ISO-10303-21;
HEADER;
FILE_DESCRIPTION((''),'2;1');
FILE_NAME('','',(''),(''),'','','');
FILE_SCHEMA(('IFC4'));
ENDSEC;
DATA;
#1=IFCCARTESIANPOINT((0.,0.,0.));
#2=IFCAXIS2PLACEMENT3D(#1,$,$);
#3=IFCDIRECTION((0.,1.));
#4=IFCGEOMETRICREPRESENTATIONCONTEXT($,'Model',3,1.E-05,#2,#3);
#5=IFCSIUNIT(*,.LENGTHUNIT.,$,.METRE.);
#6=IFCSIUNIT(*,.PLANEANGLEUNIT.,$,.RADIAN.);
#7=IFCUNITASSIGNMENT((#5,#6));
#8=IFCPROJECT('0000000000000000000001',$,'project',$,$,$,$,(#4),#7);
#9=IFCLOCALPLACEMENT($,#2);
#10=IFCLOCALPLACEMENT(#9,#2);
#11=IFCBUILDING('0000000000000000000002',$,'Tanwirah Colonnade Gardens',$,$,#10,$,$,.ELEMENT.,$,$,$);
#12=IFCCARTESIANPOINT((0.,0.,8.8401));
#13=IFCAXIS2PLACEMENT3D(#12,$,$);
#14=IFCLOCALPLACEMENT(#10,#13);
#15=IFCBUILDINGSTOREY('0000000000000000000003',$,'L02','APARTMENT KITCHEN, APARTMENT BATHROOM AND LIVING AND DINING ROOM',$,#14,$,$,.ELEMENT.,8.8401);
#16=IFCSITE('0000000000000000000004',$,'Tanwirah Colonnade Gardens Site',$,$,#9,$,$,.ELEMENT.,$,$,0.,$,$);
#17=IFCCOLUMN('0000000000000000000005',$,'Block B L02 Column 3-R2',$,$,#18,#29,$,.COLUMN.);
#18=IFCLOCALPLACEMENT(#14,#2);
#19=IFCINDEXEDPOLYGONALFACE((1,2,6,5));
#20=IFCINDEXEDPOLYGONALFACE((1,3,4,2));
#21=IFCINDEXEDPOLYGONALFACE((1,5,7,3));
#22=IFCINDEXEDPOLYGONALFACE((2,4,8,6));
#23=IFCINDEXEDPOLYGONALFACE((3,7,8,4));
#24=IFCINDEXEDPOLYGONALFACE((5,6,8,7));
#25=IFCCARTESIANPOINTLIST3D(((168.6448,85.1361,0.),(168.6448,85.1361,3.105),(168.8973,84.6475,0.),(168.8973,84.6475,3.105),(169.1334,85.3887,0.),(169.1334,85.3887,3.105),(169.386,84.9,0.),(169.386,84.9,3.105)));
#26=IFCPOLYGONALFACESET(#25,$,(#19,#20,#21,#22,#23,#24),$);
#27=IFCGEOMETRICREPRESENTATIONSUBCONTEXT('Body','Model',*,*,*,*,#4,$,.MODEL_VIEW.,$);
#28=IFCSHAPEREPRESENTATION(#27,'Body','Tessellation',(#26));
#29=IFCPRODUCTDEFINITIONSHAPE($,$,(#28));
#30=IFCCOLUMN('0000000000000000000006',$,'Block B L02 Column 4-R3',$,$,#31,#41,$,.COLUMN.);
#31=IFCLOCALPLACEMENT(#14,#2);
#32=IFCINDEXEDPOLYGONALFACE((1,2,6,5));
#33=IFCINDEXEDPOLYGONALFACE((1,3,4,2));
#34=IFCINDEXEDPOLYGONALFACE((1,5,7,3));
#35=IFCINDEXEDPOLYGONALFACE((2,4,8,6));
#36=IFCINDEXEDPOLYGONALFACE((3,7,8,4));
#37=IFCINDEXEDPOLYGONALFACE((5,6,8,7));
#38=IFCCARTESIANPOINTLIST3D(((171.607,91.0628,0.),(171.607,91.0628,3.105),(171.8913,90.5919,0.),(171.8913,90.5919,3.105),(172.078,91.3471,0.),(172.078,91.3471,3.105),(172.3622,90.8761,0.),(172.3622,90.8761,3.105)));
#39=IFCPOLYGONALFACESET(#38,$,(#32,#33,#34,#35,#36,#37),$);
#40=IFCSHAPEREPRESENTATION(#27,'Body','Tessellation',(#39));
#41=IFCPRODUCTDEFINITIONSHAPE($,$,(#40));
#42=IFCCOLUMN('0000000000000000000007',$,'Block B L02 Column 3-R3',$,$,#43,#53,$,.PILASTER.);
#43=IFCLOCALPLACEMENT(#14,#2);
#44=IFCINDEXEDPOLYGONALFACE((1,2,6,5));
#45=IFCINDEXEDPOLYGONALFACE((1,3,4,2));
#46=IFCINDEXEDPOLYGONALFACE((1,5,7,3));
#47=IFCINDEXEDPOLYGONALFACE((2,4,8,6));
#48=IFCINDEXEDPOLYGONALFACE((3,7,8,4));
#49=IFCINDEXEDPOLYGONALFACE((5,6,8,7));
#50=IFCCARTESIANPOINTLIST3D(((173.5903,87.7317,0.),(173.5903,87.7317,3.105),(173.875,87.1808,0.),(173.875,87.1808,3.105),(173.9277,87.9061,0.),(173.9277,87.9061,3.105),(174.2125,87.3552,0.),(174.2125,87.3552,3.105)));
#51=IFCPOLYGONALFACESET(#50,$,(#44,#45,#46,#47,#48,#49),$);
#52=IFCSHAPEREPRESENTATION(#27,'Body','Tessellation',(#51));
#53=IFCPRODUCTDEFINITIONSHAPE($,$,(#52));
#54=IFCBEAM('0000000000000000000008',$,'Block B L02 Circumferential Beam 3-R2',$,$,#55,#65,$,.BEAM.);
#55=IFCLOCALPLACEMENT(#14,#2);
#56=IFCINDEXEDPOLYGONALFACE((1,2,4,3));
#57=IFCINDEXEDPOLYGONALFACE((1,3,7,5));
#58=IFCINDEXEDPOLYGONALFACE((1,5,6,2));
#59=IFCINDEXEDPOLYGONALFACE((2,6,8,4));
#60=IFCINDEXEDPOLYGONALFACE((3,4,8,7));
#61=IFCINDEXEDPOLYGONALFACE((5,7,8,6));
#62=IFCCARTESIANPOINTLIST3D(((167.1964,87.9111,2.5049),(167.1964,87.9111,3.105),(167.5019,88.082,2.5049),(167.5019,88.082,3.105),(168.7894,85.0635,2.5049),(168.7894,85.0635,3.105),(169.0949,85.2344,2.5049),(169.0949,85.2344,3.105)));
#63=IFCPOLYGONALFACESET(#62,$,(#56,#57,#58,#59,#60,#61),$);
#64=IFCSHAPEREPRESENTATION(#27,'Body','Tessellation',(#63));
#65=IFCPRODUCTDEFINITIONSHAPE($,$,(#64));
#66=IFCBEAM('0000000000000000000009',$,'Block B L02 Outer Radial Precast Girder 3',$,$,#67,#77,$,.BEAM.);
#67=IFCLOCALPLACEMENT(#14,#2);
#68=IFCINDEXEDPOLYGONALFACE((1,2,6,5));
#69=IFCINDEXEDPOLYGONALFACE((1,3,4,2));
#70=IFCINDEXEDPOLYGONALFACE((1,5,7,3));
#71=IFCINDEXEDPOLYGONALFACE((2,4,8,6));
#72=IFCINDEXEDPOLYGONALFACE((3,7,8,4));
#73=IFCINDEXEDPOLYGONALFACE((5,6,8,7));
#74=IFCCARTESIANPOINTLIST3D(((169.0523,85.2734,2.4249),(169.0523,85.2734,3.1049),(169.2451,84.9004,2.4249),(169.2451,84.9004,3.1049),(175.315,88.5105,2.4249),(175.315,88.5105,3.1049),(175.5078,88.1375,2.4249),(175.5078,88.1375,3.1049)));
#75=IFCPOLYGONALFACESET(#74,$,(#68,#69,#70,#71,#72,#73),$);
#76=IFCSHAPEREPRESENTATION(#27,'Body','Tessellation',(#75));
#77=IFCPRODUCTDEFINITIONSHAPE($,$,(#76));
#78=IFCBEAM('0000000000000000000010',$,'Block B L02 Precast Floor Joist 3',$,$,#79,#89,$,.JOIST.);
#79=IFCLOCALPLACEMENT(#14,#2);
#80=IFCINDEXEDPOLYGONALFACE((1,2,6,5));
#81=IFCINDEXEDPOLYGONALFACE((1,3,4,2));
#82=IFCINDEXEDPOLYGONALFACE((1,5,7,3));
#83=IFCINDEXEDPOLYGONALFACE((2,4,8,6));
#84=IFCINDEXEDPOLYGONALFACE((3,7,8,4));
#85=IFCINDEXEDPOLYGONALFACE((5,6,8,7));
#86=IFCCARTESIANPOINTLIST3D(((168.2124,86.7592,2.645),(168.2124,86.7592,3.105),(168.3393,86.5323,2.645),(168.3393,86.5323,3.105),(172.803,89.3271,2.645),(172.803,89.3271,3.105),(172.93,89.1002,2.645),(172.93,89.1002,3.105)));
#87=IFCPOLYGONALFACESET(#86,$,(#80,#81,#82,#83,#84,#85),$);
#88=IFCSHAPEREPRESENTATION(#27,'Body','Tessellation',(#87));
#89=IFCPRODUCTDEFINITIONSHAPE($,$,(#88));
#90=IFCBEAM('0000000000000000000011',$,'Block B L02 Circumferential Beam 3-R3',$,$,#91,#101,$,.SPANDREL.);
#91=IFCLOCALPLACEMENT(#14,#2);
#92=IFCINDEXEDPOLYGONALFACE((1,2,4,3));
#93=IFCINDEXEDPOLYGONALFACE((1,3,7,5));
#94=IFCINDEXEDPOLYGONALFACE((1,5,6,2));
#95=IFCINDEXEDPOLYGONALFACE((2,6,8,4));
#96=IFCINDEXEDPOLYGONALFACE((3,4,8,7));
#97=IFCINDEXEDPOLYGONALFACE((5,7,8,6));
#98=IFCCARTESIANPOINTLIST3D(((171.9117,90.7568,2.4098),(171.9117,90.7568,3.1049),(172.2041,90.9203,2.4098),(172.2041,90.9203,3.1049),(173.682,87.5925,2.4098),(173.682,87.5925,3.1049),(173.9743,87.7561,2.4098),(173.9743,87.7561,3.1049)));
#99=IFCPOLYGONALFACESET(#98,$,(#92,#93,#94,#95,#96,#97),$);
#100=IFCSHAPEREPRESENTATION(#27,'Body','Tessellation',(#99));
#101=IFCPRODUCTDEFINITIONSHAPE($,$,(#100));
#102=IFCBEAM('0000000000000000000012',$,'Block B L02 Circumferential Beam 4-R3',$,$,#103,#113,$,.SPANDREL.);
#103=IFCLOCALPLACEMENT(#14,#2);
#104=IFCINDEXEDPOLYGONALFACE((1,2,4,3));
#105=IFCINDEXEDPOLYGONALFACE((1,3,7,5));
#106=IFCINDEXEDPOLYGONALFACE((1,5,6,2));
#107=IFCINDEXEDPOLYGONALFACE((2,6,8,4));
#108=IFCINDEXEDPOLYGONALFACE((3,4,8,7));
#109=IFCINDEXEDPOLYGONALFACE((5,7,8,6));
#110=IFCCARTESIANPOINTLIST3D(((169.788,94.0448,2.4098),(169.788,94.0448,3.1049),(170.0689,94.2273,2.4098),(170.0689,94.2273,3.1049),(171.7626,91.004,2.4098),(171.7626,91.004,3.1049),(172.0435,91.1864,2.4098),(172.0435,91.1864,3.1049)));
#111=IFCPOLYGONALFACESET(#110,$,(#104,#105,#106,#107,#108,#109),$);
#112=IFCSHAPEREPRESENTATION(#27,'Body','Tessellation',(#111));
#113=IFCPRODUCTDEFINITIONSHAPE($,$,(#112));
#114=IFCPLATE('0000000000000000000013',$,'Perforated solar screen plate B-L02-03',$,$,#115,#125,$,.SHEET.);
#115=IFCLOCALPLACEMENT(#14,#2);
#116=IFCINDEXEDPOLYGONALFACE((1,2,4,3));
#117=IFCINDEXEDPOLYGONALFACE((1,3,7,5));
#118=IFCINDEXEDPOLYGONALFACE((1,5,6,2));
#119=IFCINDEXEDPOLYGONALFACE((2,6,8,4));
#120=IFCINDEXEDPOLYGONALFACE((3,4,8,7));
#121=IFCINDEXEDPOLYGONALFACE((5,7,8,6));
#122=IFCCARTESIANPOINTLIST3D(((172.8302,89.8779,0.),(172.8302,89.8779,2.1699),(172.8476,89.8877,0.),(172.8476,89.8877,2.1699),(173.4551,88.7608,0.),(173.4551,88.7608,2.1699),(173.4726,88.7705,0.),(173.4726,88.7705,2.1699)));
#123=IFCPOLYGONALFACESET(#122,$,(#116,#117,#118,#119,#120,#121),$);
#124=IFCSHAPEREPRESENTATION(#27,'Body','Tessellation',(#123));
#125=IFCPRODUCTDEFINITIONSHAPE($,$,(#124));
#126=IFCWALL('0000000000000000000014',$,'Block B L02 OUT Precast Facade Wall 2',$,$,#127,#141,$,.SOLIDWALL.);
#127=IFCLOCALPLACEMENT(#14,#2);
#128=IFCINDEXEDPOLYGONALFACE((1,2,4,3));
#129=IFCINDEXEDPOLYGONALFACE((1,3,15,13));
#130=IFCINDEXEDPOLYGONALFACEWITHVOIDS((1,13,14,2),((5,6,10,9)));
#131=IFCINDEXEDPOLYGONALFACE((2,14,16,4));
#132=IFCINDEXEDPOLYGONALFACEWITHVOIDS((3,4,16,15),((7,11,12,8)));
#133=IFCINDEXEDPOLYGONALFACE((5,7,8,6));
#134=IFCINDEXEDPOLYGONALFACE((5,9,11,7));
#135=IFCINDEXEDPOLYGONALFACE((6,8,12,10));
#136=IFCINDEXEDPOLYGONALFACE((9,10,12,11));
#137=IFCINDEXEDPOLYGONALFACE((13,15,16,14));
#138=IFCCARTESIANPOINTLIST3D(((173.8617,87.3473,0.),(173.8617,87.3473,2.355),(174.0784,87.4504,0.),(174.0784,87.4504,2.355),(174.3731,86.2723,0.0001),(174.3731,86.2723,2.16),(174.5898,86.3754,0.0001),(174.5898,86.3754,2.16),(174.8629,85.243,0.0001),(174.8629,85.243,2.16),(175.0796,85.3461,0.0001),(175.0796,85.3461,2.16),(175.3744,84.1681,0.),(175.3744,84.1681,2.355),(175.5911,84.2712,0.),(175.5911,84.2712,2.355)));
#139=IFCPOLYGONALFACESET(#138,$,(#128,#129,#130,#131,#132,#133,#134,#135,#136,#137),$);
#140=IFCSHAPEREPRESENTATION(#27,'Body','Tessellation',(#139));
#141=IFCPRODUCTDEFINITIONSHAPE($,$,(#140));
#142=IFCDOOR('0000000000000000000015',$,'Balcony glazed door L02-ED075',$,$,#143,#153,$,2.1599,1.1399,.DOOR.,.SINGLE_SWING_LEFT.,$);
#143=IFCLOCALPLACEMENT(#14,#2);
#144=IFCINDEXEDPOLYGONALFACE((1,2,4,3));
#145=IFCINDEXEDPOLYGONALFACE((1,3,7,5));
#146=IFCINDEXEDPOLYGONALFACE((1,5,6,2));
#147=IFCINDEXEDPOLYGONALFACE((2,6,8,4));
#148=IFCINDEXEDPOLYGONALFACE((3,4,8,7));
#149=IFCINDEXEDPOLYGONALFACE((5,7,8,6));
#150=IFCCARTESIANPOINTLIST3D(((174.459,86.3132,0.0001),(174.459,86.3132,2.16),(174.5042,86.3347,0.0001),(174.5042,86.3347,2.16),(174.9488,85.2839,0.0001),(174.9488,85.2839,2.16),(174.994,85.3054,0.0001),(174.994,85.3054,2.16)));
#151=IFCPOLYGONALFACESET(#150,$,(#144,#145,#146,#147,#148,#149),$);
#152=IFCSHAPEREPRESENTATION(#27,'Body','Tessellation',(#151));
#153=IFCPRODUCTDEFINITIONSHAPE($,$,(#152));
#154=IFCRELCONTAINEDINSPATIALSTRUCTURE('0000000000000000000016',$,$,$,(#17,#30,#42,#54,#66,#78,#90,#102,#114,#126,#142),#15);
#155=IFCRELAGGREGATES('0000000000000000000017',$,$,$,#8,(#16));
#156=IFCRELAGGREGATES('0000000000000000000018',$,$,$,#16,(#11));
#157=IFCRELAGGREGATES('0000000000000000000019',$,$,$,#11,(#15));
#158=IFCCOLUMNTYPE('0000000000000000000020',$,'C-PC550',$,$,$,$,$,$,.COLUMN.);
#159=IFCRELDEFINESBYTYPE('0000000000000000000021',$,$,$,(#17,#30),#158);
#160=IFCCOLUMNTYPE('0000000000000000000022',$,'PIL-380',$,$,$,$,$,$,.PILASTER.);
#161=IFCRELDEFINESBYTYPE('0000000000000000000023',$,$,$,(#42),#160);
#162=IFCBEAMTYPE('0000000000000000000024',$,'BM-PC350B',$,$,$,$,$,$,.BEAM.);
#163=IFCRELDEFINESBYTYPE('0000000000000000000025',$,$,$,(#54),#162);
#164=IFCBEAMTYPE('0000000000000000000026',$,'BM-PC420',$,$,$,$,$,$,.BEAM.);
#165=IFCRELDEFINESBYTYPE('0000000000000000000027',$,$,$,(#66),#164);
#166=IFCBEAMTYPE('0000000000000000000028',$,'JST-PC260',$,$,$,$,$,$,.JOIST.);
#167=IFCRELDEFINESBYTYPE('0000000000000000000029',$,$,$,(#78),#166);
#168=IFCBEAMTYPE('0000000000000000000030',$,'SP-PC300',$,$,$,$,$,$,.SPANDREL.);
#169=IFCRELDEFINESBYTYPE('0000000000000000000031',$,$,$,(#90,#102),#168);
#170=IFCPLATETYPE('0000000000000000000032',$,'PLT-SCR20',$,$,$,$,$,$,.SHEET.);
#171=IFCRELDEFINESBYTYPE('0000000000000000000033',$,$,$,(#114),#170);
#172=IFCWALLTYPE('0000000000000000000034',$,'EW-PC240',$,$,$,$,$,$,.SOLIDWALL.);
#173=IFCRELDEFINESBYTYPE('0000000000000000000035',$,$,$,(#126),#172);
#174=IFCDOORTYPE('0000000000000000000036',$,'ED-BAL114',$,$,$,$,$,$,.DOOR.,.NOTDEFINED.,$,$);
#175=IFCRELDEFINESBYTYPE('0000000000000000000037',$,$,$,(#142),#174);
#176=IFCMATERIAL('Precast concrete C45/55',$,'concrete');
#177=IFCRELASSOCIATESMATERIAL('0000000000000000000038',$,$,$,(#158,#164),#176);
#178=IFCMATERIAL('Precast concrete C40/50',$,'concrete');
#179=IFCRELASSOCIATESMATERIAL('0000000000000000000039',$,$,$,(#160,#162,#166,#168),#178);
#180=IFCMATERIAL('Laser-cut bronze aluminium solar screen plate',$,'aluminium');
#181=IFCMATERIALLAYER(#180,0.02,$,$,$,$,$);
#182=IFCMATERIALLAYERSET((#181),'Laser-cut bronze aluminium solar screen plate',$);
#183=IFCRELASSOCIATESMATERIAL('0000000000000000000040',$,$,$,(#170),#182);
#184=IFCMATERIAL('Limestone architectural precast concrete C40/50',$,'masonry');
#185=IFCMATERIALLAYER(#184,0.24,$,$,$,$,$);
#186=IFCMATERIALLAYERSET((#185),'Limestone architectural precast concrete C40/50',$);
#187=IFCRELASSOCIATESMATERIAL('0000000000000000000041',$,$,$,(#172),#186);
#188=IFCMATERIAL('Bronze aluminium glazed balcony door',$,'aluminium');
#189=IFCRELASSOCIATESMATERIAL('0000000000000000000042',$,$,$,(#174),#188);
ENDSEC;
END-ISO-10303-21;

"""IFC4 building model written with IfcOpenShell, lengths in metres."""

from ifc_helpers import new_model, si_unit, direction, frame, frame_2d, origin, origin_2d, place, context, subcontext, project, spatial, rectangle, extrude, material, layer, layer_set, material_profile, profile_set, type_object, element, fill, save


model = new_model("IFC4")

# Units and contexts
model_context = context("Model", 3, precision=1e-05, world=origin(), true_north=direction((0.0, 1.0)))
body_context = subcontext(model_context, "Body", "Model", "MODEL_VIEW")
ifc_project = project(units=[si_unit("LENGTHUNIT", "METRE"), si_unit("PLANEANGLEUNIT", "RADIAN")], contexts=[model_context])

# Site, building, storey
site_placement = place(None, origin())
site = spatial("IfcSite", under=ifc_project, at=site_placement, Name="Tanwirah Colonnade Gardens Site", CompositionType="ELEMENT", RefElevation=0.0)
building_placement = place(site_placement, origin())
building = spatial("IfcBuilding", under=site, at=building_placement, Name="Tanwirah Colonnade Gardens", CompositionType="ELEMENT")
storey_placement = place(building_placement, frame((0.0, 0.0, 8.8401)))
storey = spatial("IfcBuildingStorey", under=building, at=storey_placement, Name="L02", Description="APARTMENT KITCHEN, APARTMENT BATHROOM AND LIVING AND DINING ROOM", CompositionType="ELEMENT", Elevation=8.8401)

# Columns
ifc_material_1 = material(Name="Precast concrete C45/55", Category="concrete")
ifc_material_profile_1 = material_profile(ifc_material_1, rectangle(XDim=0.55, YDim=0.55, at=origin_2d()), Name="PC-COL 550x550")
ifc_profile_set_1 = profile_set([ifc_material_profile_1], Name="Precast concrete C45/55")
column_type_1 = type_object("IfcColumnType", Name="C-PC550", PredefinedType="COLUMN", material=ifc_profile_set_1)
for number, where, z_axis, x_axis, name in (
    (1, (169.0154, 85.0181, 0.0), (0.0, 0.0, 1.0), (0.88835, 0.459166, 0.0), "Block B L02 Column 3-R2"),
    (2, (171.9846, 90.9695, 0.0), (0.0, 0.0, 1.0), (0.856167, 0.516699, 0.0), "Block B L02 Column 4-R3"),
):
    element("IfcColumn", number, at=place(storey_placement, frame(where, z_axis=z_axis, x_axis=x_axis)), inside=storey, type_object=column_type_1, Name=name, PredefinedType="COLUMN", context=body_context, shape_type="SweptSolid", body=[
        extrude(rectangle(XDim=0.55, YDim=0.55, at=origin_2d()), origin(), (0.0, 0.0, 1.0), 3.105),
    ])
ifc_material_2 = material(Name="Precast concrete C40/50", Category="concrete")
ifc_material_profile_2 = material_profile(ifc_material_2, rectangle(XDim=0.3799, YDim=0.6201, at=origin_2d()), Name="PC-PIL 380x620")
ifc_profile_set_2 = profile_set([ifc_material_profile_2], Name="Precast concrete C40/50")
column_type_2 = type_object("IfcColumnType", Name="PIL-380", PredefinedType="PILASTER", material=ifc_profile_set_2)
column_placement = place(storey_placement, frame((173.9014, 87.5435, 0.0), z_axis=(0.0, 0.0, 1.0), x_axis=(0.88835, 0.459166, 0.0)))
element("IfcColumn", 3, at=column_placement, inside=storey, type_object=column_type_2, Name="Block B L02 Column 3-R3", PredefinedType="PILASTER", context=body_context, shape_type="SweptSolid", body=[
    extrude(rectangle(XDim=0.3799, YDim=0.6201, at=origin_2d()), origin(), (0.0, 0.0, 1.0), 3.105),
])

# Beams
ifc_material_profile_3 = material_profile(ifc_material_2, rectangle(XDim=0.3501, YDim=0.6001, at=origin_2d()), Name="PC-BM 350x600")
ifc_profile_set_3 = profile_set([ifc_material_profile_3], Name="Precast concrete C40/50")
beam_type_1 = type_object("IfcBeamType", Name="BM-PC350B", PredefinedType="BEAM", material=ifc_profile_set_3)
beam_1_placement = place(storey_placement, frame((168.9421, 85.1489, 2.8049), z_axis=(-0.488214, 0.872724, 0.0), x_axis=(-0.872724, -0.488214, 0.0)))
element("IfcBeam", 4, at=beam_1_placement, inside=storey, type_object=beam_type_1, Name="Block B L02 Circumferential Beam 3-R2", PredefinedType="BEAM", context=body_context, shape_type="SweptSolid", body=[
    extrude(rectangle(XDim=0.3501, YDim=0.6001, at=origin_2d()), origin(), (0.0, 0.0, 1.0), 3.2629),
])
ifc_material_profile_4 = material_profile(ifc_material_1, rectangle(XDim=0.4199, YDim=0.6799, at=origin_2d()), Name="PC-BM 420x680")
ifc_profile_set_4 = profile_set([ifc_material_profile_4], Name="Precast concrete C45/55")
beam_type_2 = type_object("IfcBeamType", Name="BM-PC420", PredefinedType="BEAM", material=ifc_profile_set_4)
beam_2_placement = place(storey_placement, frame((169.1487, 85.0869, 2.7649), z_axis=(0.888349, 0.459169, 0.0), x_axis=(-0.459169, 0.888349, 0.0)))
element("IfcBeam", 5, at=beam_2_placement, inside=storey, type_object=beam_type_2, Name="Block B L02 Outer Radial Precast Girder 3", PredefinedType="BEAM", context=body_context, shape_type="SweptSolid", body=[
    extrude(rectangle(XDim=0.4199, YDim=0.6799, at=origin_2d()), origin(), (0.0, 0.0, 1.0), 7.0498),
])
ifc_material_profile_5 = material_profile(ifc_material_2, rectangle(XDim=0.26, YDim=0.46, at=origin_2d()), Name="PC-JST 260x460")
ifc_profile_set_5 = profile_set([ifc_material_profile_5], Name="Precast concrete C40/50")
beam_type_3 = type_object("IfcBeamType", Name="JST-PC260", PredefinedType="JOIST", material=ifc_profile_set_5)
beam_3_placement = place(storey_placement, frame((168.2759, 86.6458, 2.875), z_axis=(0.872737, 0.488191, 0.0), x_axis=(-0.488191, 0.872737, 0.0)))
element("IfcBeam", 6, at=beam_3_placement, inside=storey, type_object=beam_type_3, Name="Block B L02 Precast Floor Joist 3", PredefinedType="JOIST", context=body_context, shape_type="SweptSolid", body=[
    extrude(rectangle(XDim=0.26, YDim=0.46, at=origin_2d()), origin(), (0.0, 0.0, 1.0), 5.26),
])
ifc_material_profile_6 = material_profile(ifc_material_2, rectangle(XDim=0.335, YDim=0.6951, at=origin_2d()), Name="PC-SP 335x695")
ifc_profile_set_6 = profile_set([ifc_material_profile_6], Name="Precast concrete C40/50")
beam_type_4 = type_object("IfcBeamType", Name="SP-PC300", PredefinedType="SPANDREL", material=ifc_profile_set_6)
for number, where, z_axis, x_axis, name in (
    (7, (173.8281, 87.6743, 2.7573), (-0.488236, 0.872711, 0.0), (-0.872711, -0.488236, 0.0), "Block B L02 Circumferential Beam 3-R3"),
    (8, (171.9031, 91.0952, 2.7573), (-0.544621, 0.838682, 0.0), (-0.838682, -0.544621, 0.0), "Block B L02 Circumferential Beam 4-R3"),
):
    element("IfcBeam", number, at=place(storey_placement, frame(where, z_axis=z_axis, x_axis=x_axis)), inside=storey, type_object=beam_type_4, Name=name, PredefinedType="SPANDREL", context=body_context, shape_type="SweptSolid", body=[
        extrude(rectangle(XDim=0.335, YDim=0.6951, at=origin_2d()), origin(), (0.0, 0.0, 1.0), 3.6257),
    ])

# Plate
ifc_material_3 = material(Name="Laser-cut bronze aluminium solar screen plate", Category="aluminium")
ifc_layer_1 = layer(ifc_material_3, 0.02)
ifc_layer_set_1 = layer_set([ifc_layer_1], Name="Laser-cut bronze aluminium solar screen plate")
plate_type = type_object("IfcPlateType", Name="PLT-SCR20", PredefinedType="SHEET", material=ifc_layer_set_1)
plate_placement = place(storey_placement, frame((173.1514, 89.3242, 0.0), z_axis=(0.0, 0.0, 1.0), x_axis=(-0.488198, 0.872733, 0.0)))
element("IfcPlate", 9, at=plate_placement, inside=storey, type_object=plate_type, Name="Perforated solar screen plate B-L02-03", PredefinedType="SHEET", context=body_context, shape_type="SweptSolid", body=[
    extrude(rectangle(XDim=1.28, YDim=0.02, at=origin_2d()), origin(), (0.0, 0.0, 1.0), 2.1699),
])

# Wall, opening, door
ifc_material_4 = material(Name="Limestone architectural precast concrete C40/50", Category="masonry")
ifc_layer_2 = layer(ifc_material_4, 0.24)
ifc_layer_set_2 = layer_set([ifc_layer_2], Name="Limestone architectural precast concrete C40/50")
wall_type_1 = type_object("IfcWallType", Name="EW-PC240", PredefinedType="SOLIDWALL", material=ifc_layer_set_2)
wall_1_placement = place(storey_placement, frame((175.4827, 84.2197, 0.0), z_axis=(0.0, 0.0, 1.0), x_axis=(-0.429654, 0.902994, 0.0)))
wall_1 = element("IfcWall", 10, at=wall_1_placement, inside=storey, type_object=wall_type_1, Name="Block B L02 OUT Precast Facade Wall 2", PredefinedType="SOLIDWALL", context=body_context, shape_type="SweptSolid", body=[
    extrude(rectangle(XDim=3.5208, YDim=0.24, at=frame_2d((1.7603, 0.0))), origin(), (0.0, 0.0, 1.0), 2.355),
])
opening_1_placement = place(wall_1_placement, frame((1.1904, 0.0, 0.0)))
opening_1 = element("IfcOpeningElement", 11, at=opening_1_placement, cuts=wall_1, PredefinedType="OPENING", context=body_context, shape_type="SweptSolid", body=[
    extrude(rectangle(XDim=1.1399, YDim=2.1599, at=frame_2d((0.5698, 1.0801))), frame((0.0, 0.1299, 0.0), z_axis=(0.0, -1.0, 0.0), x_axis=(1.0, 0.0, 0.0)), (0.0, 0.0, 1.0), 0.26),
])
ifc_material_5 = material(Name="Bronze aluminium glazed balcony door", Category="aluminium")
door_type_1 = type_object("IfcDoorType", Name="ED-BAL114", OperationType="NOTDEFINED", PredefinedType="DOOR", material=ifc_material_5)
door_1_placement = place(opening_1_placement, origin())
door_1 = element("IfcDoor", 12, at=door_1_placement, inside=storey, type_object=door_type_1, Name="Balcony glazed door L02-ED075", OperationType="SINGLE_SWING_LEFT", OverallHeight=2.1599, OverallWidth=1.1399, PredefinedType="DOOR", context=body_context, shape_type="SweptSolid", body=[
    extrude(rectangle(XDim=1.1399, YDim=2.1599, at=frame_2d((0.5698, 1.0801))), frame((0.0, 0.0249, 0.0), z_axis=(0.0, -1.0, 0.0), x_axis=(1.0, 0.0, 0.0)), (0.0, 0.0, 1.0), 0.05),
])
fill(opening_1, door_1)

save(model, "model.ifc")
